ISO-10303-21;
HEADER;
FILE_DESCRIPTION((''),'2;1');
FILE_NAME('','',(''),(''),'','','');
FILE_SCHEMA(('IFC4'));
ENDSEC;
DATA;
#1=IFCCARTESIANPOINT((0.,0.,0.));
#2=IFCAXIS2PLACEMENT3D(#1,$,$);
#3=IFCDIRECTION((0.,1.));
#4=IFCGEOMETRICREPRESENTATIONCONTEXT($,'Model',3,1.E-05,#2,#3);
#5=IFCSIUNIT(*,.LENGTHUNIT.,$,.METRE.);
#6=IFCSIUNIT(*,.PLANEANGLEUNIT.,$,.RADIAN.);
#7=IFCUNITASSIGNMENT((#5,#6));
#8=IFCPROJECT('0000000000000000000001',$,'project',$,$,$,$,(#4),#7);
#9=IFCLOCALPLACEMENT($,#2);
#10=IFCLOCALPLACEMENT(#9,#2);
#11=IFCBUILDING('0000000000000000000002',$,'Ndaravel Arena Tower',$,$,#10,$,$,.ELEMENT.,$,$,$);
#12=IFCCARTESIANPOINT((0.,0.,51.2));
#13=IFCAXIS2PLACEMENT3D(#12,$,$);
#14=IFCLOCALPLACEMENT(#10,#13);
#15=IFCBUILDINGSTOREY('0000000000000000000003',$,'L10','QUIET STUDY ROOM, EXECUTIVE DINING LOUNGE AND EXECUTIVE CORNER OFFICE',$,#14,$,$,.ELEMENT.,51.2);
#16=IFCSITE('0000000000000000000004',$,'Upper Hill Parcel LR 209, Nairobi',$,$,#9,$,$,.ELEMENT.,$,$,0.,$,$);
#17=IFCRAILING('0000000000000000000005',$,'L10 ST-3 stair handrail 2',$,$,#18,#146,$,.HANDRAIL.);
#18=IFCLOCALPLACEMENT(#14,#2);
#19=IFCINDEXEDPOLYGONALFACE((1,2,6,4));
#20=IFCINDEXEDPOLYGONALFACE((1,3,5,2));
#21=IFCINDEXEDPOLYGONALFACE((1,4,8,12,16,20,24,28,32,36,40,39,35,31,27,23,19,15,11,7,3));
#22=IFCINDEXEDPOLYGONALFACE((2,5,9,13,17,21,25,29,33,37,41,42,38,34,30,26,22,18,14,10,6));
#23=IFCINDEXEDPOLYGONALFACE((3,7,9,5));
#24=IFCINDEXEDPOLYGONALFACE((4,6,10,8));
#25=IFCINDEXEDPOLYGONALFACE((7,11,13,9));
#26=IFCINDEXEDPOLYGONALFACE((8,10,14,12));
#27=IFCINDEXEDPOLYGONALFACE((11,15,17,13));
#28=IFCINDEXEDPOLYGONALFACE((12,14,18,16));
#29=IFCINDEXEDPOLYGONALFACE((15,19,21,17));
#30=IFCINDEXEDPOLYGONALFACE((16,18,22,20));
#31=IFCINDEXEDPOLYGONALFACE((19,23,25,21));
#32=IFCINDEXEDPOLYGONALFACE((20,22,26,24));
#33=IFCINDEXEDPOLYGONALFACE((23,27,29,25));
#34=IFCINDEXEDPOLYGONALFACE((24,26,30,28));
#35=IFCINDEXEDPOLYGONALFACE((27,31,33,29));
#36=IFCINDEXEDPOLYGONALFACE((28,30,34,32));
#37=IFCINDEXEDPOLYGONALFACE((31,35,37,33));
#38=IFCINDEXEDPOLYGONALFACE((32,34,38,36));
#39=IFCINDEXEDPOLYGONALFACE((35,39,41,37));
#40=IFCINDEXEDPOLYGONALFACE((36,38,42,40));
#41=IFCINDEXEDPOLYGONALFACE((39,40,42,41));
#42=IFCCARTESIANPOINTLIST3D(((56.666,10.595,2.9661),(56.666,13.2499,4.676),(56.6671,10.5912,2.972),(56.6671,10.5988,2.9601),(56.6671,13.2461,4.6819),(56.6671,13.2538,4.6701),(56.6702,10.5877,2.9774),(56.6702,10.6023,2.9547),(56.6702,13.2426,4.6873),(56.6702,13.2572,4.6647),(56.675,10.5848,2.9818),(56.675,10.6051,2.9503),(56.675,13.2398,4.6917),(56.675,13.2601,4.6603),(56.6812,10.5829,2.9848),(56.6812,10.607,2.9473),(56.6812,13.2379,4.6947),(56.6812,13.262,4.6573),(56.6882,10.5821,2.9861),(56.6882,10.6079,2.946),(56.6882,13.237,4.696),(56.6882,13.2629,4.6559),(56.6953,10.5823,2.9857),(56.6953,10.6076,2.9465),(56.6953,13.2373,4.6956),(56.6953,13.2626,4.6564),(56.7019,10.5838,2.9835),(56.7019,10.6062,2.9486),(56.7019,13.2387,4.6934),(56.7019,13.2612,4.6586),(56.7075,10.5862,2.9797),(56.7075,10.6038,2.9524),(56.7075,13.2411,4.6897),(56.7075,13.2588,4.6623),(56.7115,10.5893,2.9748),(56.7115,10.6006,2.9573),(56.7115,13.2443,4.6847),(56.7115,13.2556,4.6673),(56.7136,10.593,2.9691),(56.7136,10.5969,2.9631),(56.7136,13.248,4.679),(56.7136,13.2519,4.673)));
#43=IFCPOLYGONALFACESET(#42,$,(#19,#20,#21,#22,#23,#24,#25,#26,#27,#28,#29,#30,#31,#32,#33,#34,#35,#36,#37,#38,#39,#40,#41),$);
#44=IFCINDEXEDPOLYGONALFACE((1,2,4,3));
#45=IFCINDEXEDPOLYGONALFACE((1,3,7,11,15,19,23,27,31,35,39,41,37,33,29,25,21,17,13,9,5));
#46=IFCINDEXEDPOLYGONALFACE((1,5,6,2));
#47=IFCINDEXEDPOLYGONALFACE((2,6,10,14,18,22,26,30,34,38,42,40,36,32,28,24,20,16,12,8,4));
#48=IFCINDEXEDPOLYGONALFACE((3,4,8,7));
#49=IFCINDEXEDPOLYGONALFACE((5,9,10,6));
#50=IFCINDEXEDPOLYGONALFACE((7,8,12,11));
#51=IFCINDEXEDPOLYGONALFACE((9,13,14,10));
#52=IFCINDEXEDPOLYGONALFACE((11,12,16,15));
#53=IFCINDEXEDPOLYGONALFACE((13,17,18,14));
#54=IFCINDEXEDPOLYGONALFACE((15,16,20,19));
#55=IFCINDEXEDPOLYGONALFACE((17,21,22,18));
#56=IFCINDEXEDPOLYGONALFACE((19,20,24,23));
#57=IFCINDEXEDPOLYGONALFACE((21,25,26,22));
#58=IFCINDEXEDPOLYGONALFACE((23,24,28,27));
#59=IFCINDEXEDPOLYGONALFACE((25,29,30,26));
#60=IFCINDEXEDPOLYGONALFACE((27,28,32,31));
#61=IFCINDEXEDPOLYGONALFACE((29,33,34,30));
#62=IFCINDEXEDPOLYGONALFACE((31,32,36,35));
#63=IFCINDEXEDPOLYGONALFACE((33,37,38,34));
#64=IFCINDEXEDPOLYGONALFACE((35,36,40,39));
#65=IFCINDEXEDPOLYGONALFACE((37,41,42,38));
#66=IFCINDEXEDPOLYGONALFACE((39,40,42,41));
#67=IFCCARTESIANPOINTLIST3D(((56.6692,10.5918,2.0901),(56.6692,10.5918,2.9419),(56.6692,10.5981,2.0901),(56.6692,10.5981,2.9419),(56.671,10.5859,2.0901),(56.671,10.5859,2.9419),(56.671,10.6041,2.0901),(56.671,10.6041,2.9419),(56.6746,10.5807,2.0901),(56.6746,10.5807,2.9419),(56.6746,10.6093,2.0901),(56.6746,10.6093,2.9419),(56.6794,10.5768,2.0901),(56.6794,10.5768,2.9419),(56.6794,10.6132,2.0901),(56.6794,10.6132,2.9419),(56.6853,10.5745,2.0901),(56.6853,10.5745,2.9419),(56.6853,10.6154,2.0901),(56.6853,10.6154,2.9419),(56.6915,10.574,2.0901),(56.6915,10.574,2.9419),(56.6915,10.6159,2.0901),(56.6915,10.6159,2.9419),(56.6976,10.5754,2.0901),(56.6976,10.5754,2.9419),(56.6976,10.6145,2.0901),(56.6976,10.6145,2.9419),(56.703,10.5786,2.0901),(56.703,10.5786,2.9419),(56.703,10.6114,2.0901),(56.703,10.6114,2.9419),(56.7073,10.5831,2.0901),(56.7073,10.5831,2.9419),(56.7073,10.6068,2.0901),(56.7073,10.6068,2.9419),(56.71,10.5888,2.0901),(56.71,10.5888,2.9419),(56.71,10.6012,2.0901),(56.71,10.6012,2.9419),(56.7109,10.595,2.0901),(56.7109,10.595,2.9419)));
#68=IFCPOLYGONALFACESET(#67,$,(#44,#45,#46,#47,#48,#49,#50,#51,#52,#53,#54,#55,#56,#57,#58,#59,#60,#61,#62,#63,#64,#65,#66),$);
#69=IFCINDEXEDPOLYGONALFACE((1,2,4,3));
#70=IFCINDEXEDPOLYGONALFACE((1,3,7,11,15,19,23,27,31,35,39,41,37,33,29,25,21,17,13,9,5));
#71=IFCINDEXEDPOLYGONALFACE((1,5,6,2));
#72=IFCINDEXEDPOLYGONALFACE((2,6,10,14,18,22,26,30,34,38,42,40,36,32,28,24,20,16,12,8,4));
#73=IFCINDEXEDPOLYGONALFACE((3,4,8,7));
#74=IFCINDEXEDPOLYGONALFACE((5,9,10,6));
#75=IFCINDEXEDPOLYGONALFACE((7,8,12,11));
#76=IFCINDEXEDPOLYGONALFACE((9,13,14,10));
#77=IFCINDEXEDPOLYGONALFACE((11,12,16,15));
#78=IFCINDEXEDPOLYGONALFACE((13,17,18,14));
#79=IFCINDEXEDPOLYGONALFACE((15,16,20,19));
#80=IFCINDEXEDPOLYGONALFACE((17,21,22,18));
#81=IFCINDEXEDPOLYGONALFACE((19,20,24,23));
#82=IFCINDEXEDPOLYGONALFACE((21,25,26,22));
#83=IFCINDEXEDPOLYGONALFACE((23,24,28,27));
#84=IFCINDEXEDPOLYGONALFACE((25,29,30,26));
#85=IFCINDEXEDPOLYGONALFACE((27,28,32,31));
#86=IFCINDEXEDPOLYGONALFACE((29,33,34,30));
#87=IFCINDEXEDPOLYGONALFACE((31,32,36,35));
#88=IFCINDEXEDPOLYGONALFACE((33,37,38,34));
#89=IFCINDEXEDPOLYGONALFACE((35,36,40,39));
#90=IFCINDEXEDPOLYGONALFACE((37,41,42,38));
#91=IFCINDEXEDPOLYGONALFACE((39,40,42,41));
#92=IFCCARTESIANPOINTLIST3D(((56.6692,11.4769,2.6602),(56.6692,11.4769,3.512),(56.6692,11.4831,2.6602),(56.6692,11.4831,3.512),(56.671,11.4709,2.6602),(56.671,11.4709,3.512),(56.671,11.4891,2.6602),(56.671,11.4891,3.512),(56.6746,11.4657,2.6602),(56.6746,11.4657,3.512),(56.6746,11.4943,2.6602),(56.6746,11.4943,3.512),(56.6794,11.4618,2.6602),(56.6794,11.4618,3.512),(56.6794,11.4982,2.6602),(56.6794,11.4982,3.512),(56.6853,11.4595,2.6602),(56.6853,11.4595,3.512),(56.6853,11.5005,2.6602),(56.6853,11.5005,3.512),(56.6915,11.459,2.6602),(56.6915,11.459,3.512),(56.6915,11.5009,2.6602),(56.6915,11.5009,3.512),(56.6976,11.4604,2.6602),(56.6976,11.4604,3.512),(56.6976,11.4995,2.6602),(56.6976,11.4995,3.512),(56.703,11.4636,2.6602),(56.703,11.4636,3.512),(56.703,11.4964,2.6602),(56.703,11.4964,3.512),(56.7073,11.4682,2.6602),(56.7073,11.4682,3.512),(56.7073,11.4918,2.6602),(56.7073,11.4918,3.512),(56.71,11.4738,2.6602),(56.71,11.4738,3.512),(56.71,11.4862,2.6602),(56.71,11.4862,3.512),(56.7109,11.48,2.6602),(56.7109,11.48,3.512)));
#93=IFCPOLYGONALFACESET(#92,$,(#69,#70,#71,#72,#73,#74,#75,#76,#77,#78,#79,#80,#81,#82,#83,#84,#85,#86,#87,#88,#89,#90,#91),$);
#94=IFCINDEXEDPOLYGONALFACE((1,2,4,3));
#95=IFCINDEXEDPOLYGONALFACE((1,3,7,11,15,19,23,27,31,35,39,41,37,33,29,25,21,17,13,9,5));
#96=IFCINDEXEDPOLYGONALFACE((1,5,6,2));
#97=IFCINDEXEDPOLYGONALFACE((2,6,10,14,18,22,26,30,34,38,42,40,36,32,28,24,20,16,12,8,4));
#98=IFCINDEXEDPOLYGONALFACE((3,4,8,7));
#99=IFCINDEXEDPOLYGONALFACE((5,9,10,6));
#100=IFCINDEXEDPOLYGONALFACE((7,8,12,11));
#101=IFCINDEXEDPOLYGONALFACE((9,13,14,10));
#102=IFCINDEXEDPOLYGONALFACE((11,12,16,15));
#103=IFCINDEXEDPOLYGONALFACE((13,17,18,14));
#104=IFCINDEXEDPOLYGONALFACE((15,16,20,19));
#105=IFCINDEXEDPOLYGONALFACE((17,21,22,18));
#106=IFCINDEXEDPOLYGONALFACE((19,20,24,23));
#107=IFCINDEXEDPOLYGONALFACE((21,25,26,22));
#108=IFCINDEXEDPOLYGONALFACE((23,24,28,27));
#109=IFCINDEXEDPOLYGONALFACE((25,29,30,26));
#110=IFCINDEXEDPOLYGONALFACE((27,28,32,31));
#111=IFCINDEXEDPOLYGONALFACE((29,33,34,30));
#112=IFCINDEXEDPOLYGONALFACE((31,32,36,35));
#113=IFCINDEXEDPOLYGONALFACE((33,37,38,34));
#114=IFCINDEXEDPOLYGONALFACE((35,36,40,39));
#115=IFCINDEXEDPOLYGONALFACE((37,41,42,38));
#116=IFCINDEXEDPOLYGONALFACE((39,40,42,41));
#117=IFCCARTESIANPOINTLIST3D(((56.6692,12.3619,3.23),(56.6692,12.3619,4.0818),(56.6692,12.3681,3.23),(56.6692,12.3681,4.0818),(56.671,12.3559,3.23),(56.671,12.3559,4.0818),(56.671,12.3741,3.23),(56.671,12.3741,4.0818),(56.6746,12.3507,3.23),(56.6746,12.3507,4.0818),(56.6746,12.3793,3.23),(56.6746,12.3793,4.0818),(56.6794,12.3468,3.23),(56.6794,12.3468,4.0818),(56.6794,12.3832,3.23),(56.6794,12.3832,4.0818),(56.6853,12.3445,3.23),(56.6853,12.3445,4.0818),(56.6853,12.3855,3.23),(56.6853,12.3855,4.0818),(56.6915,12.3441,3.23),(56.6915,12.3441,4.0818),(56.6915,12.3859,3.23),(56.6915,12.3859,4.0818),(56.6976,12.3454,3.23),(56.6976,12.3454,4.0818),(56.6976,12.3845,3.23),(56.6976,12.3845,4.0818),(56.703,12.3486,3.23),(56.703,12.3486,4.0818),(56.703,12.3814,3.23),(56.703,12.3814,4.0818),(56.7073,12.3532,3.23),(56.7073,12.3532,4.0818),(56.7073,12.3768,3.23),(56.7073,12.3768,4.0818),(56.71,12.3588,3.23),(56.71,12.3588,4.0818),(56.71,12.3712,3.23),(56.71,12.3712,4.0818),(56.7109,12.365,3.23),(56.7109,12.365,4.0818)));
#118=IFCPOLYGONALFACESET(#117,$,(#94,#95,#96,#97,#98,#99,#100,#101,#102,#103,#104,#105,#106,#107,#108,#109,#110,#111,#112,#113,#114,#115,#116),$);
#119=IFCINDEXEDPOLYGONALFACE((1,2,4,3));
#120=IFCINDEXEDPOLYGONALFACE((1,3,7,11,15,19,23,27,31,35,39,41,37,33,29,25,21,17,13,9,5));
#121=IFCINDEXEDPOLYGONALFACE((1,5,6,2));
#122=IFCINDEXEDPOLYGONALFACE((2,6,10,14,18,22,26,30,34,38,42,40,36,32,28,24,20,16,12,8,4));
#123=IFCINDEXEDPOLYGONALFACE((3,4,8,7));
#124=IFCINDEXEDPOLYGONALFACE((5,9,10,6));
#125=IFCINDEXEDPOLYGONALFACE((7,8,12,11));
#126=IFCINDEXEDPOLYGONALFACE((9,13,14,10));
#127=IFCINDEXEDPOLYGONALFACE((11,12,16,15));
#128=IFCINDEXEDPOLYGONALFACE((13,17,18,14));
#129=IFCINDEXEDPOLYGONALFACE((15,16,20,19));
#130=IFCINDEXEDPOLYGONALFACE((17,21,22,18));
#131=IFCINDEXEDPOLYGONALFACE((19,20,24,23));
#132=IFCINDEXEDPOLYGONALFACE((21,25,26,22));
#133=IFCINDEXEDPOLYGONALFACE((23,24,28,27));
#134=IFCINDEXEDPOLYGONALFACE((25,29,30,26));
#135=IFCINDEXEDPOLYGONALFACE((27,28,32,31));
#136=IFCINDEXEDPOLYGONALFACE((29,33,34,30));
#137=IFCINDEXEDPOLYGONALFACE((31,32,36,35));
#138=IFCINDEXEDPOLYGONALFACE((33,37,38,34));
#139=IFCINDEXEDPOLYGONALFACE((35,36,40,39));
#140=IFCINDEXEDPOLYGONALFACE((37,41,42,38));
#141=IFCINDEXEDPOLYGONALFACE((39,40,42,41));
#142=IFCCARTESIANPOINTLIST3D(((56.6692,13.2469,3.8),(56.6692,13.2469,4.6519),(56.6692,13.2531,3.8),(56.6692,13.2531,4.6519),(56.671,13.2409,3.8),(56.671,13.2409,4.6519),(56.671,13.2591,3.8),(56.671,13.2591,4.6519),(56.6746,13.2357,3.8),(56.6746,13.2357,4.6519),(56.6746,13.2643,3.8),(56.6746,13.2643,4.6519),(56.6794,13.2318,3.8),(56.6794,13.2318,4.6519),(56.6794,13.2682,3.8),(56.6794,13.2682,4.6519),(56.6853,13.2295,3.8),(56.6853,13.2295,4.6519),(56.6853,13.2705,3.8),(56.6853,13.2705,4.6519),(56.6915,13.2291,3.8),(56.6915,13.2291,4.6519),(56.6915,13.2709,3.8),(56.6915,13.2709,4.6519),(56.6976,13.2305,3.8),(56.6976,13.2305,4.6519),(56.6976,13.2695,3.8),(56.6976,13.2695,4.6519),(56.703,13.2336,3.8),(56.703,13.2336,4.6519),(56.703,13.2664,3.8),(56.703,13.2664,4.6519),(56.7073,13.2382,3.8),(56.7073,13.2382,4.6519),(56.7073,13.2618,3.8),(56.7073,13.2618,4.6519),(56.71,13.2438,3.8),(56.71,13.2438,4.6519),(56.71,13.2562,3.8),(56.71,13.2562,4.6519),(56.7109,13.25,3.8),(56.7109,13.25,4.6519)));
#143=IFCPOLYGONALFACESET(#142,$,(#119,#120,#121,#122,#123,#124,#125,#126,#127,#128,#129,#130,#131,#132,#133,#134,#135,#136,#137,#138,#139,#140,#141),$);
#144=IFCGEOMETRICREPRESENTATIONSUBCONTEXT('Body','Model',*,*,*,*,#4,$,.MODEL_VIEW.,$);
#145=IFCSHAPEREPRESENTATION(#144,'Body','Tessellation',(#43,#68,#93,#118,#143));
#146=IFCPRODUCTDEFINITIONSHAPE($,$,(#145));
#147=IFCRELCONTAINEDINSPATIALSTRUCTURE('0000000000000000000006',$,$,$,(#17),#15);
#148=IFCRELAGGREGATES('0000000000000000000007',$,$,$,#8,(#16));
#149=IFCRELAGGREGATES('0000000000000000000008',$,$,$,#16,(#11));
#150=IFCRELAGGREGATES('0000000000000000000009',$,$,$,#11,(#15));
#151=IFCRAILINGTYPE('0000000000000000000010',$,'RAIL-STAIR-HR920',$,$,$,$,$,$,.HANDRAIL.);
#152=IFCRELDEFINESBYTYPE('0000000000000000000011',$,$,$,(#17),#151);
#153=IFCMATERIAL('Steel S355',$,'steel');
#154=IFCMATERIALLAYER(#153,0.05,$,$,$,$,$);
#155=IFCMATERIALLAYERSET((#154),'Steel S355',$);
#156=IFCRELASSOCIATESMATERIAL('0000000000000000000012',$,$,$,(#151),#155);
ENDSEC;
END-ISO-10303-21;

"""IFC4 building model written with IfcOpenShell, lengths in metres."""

from ifc_helpers import new_model, si_unit, direction, frame, origin, origin_2d, place, context, subcontext, project, spatial, circle, extrude, material, layer, layer_set, type_object, element, save


model = new_model("IFC4")

# Units and contexts
model_context = context("Model", 3, precision=1e-05, world=origin(), true_north=direction((0.0, 1.0)))
body_context = subcontext(model_context, "Body", "Model", "MODEL_VIEW")
ifc_project = project(units=[si_unit("LENGTHUNIT", "METRE"), si_unit("PLANEANGLEUNIT", "RADIAN")], contexts=[model_context])

# Site, building, storey
site_placement = place(None, origin())
site = spatial("IfcSite", under=ifc_project, at=site_placement, Name="Upper Hill Parcel LR 209, Nairobi", CompositionType="ELEMENT", RefElevation=0.0)
building_placement = place(site_placement, origin())
building = spatial("IfcBuilding", under=site, at=building_placement, Name="Ndaravel Arena Tower", CompositionType="ELEMENT")
storey_placement = place(building_placement, frame((0.0, 0.0, 51.2)))
storey = spatial("IfcBuildingStorey", under=building, at=storey_placement, Name="L10", Description="QUIET STUDY ROOM, EXECUTIVE DINING LOUNGE AND EXECUTIVE CORNER OFFICE", CompositionType="ELEMENT", Elevation=51.2)

# Railing
ifc_material_1 = material(Name="Steel S355", Category="steel")
ifc_layer_1 = layer(ifc_material_1, 0.05)
ifc_layer_set_1 = layer_set([ifc_layer_1], Name="Steel S355")
railing_type_1 = type_object("IfcRailingType", Name="RAIL-STAIR-HR920", PredefinedType="HANDRAIL", material=ifc_layer_set_1)
railing_1_placement = place(storey_placement, frame((56.6899, 10.595, 2.0901)))
element("IfcRailing", 1, at=railing_1_placement, inside=storey, type_object=railing_type_1, Name="L10 ST-3 stair handrail 2", PredefinedType="HANDRAIL", context=body_context, shape_type="SweptSolid", body=[
    extrude(circle(Radius=0.0239, at=origin_2d()), frame((0.0, 0.0, 0.876), z_axis=(0.0, 0.840724, 0.541465), x_axis=(-1.0, 0.0, 0.0)), (0.0, 0.0, 1.0), 3.158),
    extrude(circle(Radius=0.021, at=origin_2d()), origin(), (0.0, 0.0, 1.0), 0.8518),
    extrude(circle(Radius=0.021, at=origin_2d()), frame((0.0, 0.885, 0.5701)), (0.0, 0.0, 1.0), 0.8518),
    extrude(circle(Radius=0.021, at=origin_2d()), frame((0.0, 1.77, 1.1399)), (0.0, 0.0, 1.0), 0.8518),
    extrude(circle(Radius=0.021, at=origin_2d()), frame((0.0, 2.655, 1.71)), (0.0, 0.0, 1.0), 0.8518),
])

save(model, "model.ifc")
